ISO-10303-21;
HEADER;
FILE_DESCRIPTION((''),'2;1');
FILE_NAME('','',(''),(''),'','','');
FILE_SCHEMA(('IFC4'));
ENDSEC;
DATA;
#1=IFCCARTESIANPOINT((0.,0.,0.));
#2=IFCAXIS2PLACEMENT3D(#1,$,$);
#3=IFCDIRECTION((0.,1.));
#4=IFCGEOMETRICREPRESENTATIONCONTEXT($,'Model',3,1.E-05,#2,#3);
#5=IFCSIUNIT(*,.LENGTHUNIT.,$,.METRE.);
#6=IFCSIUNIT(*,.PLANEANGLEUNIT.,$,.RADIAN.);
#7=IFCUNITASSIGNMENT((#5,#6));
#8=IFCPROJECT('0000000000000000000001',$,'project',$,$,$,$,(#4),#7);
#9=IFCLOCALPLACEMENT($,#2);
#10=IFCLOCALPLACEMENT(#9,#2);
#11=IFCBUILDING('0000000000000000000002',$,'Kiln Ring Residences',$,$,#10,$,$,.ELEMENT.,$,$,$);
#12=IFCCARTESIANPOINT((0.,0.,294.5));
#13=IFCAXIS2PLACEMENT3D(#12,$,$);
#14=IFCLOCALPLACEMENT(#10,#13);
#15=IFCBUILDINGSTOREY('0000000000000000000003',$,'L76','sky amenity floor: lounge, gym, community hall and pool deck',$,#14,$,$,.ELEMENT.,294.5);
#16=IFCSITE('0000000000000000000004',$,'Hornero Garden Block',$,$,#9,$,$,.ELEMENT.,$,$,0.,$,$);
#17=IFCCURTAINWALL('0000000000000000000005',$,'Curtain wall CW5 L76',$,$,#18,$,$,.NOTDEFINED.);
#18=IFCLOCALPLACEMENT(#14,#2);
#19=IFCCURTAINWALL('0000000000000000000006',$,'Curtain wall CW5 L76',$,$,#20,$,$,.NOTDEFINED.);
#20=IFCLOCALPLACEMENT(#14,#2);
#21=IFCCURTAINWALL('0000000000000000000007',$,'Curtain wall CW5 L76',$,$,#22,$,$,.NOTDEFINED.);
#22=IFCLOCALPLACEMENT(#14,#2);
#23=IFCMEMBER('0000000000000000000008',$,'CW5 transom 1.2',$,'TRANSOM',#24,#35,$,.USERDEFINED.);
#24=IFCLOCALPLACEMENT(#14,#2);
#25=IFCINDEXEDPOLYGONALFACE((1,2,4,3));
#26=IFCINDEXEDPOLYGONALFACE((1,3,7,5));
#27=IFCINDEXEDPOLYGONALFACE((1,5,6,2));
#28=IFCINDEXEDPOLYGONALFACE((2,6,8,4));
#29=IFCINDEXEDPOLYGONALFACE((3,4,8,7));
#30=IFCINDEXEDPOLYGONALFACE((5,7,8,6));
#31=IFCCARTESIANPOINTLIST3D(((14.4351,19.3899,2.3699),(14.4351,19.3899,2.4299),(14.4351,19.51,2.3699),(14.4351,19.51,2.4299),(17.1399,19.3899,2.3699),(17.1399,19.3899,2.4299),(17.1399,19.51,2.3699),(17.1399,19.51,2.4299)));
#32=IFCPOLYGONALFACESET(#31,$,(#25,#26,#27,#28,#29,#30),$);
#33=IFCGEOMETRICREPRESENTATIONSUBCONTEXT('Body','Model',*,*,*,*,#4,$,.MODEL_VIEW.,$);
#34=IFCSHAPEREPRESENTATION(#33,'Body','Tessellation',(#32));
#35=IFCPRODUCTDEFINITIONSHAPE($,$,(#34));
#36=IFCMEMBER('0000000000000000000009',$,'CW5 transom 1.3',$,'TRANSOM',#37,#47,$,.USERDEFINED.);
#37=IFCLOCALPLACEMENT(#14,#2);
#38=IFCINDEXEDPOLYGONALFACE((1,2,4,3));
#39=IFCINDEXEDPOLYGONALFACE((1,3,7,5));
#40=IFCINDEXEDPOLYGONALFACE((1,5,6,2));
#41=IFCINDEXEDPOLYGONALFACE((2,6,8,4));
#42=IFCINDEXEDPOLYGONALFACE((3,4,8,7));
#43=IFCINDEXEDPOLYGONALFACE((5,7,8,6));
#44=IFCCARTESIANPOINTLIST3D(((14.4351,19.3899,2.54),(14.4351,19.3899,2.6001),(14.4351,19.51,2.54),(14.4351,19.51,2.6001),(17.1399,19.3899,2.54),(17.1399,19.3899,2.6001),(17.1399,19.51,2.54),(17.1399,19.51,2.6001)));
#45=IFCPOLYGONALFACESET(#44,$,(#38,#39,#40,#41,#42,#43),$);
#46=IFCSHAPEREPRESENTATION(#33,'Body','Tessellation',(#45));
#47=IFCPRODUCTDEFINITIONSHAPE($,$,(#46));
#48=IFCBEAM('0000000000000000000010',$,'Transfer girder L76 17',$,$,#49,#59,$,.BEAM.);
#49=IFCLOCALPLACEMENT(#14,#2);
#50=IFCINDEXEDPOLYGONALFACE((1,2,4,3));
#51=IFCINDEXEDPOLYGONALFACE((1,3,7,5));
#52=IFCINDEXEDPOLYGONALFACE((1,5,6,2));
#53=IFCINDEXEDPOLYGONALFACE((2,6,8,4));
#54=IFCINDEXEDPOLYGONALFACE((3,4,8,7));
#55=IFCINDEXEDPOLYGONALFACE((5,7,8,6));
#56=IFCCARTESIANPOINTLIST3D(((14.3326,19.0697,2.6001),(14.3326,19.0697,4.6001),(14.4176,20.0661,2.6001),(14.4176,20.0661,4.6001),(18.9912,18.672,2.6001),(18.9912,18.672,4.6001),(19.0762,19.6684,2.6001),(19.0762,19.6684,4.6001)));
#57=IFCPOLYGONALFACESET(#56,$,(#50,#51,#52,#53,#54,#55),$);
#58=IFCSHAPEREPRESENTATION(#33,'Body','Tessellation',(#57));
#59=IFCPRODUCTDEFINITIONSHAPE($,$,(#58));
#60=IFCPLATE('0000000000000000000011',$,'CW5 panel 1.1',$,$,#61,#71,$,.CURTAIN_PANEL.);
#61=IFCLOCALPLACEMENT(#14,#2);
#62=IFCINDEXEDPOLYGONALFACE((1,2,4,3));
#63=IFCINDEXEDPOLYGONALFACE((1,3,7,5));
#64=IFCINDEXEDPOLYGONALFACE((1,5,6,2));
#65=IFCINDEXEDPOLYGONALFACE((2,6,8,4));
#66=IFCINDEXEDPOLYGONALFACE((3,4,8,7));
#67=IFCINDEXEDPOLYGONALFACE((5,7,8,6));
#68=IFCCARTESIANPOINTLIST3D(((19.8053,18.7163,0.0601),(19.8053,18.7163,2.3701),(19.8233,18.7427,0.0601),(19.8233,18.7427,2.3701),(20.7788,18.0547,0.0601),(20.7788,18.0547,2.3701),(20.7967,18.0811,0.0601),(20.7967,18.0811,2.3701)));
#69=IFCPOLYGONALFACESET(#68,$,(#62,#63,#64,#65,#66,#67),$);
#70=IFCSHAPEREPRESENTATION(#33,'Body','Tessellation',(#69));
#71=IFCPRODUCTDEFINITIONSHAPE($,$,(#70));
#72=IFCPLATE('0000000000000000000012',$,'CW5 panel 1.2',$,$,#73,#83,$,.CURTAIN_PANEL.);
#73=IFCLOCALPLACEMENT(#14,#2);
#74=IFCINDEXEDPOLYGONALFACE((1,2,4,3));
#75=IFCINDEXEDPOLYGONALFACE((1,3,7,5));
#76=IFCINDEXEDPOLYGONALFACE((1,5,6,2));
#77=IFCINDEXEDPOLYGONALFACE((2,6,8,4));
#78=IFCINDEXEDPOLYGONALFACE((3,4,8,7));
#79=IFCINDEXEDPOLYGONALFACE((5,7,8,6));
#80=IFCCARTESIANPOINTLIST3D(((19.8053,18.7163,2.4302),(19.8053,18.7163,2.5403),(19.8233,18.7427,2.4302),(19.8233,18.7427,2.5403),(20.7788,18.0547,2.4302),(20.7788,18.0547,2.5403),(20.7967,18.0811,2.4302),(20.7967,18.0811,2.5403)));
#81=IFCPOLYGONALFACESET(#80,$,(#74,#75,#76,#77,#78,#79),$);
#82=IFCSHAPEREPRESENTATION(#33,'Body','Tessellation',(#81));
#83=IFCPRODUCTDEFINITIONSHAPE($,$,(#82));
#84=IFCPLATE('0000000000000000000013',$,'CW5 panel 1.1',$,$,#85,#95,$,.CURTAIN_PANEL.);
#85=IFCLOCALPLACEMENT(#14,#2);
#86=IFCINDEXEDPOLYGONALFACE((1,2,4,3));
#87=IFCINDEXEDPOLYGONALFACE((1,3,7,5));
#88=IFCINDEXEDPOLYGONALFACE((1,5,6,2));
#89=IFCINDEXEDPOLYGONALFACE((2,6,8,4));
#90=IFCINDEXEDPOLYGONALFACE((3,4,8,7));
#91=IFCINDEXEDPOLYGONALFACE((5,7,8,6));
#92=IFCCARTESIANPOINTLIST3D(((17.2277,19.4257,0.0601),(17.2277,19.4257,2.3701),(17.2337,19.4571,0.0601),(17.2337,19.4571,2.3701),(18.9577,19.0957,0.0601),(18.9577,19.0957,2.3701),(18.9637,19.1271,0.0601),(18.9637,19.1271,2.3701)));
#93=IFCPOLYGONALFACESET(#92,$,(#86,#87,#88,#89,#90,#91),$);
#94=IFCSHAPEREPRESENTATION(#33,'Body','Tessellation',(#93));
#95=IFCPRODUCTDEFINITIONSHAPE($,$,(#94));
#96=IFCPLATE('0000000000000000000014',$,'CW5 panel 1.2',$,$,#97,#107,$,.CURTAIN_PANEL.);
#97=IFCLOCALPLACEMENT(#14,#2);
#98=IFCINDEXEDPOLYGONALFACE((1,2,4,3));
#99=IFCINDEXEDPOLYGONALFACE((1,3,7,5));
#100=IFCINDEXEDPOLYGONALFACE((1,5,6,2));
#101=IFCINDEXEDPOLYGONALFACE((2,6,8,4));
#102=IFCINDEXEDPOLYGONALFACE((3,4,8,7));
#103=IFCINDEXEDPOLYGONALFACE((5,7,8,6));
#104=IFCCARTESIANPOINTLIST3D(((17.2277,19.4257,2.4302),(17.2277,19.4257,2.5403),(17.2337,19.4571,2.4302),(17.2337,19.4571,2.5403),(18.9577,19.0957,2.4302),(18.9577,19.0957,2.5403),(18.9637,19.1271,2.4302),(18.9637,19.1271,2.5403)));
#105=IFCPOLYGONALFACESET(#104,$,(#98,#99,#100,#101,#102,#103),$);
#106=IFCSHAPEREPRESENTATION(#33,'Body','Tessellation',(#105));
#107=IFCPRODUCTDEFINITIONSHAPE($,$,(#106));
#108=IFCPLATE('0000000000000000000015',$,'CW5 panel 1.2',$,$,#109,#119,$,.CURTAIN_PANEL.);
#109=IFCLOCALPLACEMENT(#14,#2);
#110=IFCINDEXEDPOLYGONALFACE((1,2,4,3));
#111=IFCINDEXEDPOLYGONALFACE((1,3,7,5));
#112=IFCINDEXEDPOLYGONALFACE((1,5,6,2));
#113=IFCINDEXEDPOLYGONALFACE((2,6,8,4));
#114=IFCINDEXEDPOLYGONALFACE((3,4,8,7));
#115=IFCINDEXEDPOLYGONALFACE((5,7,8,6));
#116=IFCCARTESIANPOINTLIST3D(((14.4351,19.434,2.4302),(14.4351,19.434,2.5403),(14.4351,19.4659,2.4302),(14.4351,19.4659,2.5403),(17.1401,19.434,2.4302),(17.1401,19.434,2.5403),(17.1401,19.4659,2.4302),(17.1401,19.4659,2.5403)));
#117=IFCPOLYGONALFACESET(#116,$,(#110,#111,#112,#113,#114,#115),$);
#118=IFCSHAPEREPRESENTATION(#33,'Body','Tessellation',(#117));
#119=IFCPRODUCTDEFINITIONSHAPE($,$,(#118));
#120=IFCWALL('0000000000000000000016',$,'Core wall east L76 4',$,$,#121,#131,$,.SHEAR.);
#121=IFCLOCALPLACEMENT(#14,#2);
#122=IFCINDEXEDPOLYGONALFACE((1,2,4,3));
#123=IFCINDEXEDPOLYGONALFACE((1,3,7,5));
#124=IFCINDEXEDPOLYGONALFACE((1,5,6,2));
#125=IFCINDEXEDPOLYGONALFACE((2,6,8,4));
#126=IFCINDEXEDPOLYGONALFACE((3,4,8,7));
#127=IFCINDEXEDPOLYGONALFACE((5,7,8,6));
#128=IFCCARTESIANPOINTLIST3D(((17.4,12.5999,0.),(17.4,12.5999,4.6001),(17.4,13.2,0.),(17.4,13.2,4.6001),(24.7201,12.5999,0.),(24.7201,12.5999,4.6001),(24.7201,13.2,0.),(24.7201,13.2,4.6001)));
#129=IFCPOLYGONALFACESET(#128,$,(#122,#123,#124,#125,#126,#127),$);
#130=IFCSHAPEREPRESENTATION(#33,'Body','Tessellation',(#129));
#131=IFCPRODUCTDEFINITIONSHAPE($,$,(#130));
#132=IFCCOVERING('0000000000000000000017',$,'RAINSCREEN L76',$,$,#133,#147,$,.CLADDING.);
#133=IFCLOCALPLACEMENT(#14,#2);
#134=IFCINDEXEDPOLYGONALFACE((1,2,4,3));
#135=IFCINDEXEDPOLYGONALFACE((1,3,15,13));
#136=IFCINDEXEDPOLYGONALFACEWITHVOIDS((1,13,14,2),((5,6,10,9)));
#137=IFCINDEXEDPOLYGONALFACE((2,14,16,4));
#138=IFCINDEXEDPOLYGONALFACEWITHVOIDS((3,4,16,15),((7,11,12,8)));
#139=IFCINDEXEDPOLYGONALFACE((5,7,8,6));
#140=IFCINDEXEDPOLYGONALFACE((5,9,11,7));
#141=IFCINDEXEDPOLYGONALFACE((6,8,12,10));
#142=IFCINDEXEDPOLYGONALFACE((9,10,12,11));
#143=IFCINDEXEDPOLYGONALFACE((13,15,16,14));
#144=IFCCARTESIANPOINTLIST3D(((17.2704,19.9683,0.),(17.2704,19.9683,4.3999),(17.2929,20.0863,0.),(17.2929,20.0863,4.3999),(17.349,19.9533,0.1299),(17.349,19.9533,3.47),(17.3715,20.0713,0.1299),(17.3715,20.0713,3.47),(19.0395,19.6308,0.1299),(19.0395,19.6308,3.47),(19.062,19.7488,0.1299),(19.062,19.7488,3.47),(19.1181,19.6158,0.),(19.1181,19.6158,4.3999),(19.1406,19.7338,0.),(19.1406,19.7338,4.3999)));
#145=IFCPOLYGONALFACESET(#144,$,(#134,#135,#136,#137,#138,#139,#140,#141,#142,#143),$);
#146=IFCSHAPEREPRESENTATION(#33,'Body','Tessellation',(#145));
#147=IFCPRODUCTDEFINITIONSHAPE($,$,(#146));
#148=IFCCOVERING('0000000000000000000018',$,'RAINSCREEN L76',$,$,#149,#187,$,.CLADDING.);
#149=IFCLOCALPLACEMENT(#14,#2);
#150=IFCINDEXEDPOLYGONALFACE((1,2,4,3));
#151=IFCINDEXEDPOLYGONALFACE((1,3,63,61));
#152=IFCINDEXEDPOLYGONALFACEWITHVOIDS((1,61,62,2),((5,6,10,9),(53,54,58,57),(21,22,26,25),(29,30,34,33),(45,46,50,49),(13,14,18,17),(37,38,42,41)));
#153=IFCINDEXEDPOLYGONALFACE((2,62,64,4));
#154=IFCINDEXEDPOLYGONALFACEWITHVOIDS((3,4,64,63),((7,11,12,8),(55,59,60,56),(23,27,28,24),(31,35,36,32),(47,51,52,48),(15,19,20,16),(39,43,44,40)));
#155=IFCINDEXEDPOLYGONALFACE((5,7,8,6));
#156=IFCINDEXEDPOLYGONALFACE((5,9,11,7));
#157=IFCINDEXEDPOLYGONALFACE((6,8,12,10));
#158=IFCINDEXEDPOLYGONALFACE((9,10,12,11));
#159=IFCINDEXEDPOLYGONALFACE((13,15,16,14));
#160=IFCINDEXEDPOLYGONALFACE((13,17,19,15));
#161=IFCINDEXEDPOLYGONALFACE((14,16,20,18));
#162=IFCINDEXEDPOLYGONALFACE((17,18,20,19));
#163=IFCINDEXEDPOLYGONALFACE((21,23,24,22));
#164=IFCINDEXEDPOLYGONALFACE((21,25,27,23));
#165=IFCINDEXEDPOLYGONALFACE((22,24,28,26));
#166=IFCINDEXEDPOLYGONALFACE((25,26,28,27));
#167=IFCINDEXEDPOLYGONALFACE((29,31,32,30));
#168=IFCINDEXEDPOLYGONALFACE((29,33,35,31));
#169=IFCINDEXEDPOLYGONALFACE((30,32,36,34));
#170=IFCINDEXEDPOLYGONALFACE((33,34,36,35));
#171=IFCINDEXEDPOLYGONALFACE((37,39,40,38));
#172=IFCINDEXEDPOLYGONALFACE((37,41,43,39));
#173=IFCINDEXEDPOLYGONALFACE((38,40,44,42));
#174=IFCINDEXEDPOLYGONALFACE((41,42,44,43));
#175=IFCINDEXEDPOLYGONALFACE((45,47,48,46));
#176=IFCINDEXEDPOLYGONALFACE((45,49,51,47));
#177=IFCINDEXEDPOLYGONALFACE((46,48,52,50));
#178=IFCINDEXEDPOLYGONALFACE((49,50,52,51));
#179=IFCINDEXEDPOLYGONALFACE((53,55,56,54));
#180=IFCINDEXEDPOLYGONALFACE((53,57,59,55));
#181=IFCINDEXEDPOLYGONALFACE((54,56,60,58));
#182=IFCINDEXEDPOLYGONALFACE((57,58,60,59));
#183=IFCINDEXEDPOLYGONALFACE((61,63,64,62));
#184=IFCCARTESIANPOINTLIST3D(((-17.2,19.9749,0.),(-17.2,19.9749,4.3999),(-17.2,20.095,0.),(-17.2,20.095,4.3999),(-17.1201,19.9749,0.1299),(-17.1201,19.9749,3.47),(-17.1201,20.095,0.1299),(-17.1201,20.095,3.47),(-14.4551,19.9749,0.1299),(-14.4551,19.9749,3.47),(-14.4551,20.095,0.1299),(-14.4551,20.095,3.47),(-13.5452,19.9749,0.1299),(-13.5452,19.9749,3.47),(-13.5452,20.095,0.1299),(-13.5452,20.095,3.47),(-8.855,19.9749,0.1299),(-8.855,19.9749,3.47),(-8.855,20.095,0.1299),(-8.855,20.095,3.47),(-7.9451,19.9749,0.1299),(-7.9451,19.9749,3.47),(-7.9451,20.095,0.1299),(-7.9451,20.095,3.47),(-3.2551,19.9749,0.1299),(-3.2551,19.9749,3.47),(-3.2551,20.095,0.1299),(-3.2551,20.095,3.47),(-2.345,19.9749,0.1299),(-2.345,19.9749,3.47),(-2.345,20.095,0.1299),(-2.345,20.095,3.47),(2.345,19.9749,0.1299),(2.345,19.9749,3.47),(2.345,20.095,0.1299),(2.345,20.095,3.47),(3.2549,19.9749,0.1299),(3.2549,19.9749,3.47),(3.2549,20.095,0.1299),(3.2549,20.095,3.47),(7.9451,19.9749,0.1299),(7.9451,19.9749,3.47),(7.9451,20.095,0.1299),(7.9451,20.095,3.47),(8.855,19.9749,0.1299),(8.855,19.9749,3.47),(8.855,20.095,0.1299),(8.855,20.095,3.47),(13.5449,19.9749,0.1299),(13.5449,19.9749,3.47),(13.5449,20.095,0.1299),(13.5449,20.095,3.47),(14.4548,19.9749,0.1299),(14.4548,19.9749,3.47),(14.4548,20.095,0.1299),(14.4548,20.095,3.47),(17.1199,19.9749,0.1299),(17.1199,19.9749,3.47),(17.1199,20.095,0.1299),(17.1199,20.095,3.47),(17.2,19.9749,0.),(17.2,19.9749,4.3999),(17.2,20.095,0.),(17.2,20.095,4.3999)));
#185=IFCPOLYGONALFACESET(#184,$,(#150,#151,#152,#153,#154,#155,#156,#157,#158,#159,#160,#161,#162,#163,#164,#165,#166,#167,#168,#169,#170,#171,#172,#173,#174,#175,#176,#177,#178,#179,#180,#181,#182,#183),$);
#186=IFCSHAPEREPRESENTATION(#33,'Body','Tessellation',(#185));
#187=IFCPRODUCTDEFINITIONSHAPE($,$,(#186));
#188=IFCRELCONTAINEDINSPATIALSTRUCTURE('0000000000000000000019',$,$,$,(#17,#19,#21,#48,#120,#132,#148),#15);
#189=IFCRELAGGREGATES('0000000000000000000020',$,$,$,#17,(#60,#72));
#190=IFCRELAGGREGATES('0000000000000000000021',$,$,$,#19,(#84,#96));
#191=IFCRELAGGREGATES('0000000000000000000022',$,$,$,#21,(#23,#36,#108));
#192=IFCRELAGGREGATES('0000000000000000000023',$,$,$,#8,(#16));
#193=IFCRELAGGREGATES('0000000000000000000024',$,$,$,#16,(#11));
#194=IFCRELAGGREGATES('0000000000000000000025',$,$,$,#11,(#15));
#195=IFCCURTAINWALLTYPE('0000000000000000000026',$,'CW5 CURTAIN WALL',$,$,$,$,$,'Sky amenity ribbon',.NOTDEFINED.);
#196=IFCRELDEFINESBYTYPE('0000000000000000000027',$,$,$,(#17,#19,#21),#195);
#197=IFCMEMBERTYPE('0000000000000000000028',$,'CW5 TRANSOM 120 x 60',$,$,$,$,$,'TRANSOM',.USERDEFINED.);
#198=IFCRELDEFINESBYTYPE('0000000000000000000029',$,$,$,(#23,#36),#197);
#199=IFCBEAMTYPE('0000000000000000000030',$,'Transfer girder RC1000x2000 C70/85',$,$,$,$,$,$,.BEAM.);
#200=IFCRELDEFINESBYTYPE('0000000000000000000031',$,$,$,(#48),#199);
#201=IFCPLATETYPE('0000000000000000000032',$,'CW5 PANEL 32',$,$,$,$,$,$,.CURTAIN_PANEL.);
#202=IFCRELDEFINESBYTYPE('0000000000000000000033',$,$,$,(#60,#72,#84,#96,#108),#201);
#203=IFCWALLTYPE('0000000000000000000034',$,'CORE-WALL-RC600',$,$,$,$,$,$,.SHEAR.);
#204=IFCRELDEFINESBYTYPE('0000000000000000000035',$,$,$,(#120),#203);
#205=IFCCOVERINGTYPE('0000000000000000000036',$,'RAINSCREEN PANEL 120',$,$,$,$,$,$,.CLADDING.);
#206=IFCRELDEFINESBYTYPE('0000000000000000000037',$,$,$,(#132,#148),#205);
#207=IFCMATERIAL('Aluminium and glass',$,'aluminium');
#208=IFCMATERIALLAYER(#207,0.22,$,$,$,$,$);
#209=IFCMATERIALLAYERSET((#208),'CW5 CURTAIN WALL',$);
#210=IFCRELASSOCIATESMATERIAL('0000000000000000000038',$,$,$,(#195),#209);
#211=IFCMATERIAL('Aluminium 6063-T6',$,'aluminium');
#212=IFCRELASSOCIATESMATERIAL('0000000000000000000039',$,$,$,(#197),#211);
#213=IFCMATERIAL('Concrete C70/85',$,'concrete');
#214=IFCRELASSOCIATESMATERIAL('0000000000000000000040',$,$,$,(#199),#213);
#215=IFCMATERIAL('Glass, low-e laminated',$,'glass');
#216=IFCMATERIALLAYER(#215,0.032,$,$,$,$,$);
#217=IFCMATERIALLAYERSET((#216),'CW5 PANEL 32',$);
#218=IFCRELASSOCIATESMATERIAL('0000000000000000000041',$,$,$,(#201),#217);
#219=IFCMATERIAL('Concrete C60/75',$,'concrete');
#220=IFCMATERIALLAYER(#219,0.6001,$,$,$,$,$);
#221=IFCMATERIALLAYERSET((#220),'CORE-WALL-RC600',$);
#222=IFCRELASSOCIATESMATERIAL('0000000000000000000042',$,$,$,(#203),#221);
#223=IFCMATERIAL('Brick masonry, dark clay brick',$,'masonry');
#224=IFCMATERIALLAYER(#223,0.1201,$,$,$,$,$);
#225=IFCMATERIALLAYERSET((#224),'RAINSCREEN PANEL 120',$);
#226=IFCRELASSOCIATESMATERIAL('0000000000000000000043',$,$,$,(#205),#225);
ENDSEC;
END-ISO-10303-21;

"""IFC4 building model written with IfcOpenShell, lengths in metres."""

from ifc_helpers import new_model, si_unit, direction, frame, frame_2d, origin, origin_2d, place, context, subcontext, project, spatial, polyline, rectangle, outline, extrude, material, layer, layer_set, material_profile, profile_set, type_object, element, aggregate, save


model = new_model("IFC4")

# Units and contexts
model_context = context("Model", 3, precision=1e-05, world=origin(), true_north=direction((0.0, 1.0)))
body_context = subcontext(model_context, "Body", "Model", "MODEL_VIEW")
ifc_project = project(units=[si_unit("LENGTHUNIT", "METRE"), si_unit("PLANEANGLEUNIT", "RADIAN")], contexts=[model_context])

# Site, building, storey
site_placement = place(None, origin())
site = spatial("IfcSite", under=ifc_project, at=site_placement, Name="Hornero Garden Block", CompositionType="ELEMENT", RefElevation=0.0)
building_placement = place(site_placement, origin())
building = spatial("IfcBuilding", under=site, at=building_placement, Name="Kiln Ring Residences", CompositionType="ELEMENT")
storey_placement = place(building_placement, frame((0.0, 0.0, 294.5)))
storey = spatial("IfcBuildingStorey", under=building, at=storey_placement, Name="L76", Description="sky amenity floor: lounge, gym, community hall and pool deck", CompositionType="ELEMENT", Elevation=294.5)

# Curtain walls
ifc_material_1 = material(Name="Aluminium and glass", Category="aluminium")
ifc_layer_1 = layer(ifc_material_1, 0.22)
ifc_layer_set_1 = layer_set([ifc_layer_1], Name="CW5 CURTAIN WALL")
curtain_wall_type = type_object("IfcCurtainWallType", Name="CW5 CURTAIN WALL", ElementType="Sky amenity ribbon", PredefinedType="NOTDEFINED", material=ifc_layer_set_1)
placement = place(storey_placement, origin())
curtain_wall_1 = element("IfcCurtainWall", 1, at=placement, inside=storey, type_object=curtain_wall_type, Name="Curtain wall CW5 L76", PredefinedType="NOTDEFINED")
curtain_wall_2 = element("IfcCurtainWall", 2, at=placement, inside=storey, type_object=curtain_wall_type, Name="Curtain wall CW5 L76", PredefinedType="NOTDEFINED")

# Curtain wall
curtain_wall_3 = element("IfcCurtainWall", 3, at=placement, inside=storey, type_object=curtain_wall_type, Name="Curtain wall CW5 L76", PredefinedType="NOTDEFINED")

# Members
ifc_material_2 = material(Name="Aluminium 6063-T6", Category="aluminium")
ifc_material_profile_1 = material_profile(ifc_material_2, rectangle(XDim=0.1201, YDim=0.0601, at=origin_2d()), Name="AL 120x60")
ifc_profile_set_1 = profile_set([ifc_material_profile_1], Name="Aluminium 6063-T6")
member_type_1 = type_object("IfcMemberType", Name="CW5 TRANSOM 120 x 60", ElementType="TRANSOM", PredefinedType="USERDEFINED", material=ifc_profile_set_1)
member_1_placement = place(storey_placement, frame((17.1399, 19.45, 2.3999), z_axis=(-1.0, 0.0, 0.0), x_axis=(0.0, -1.0, 0.0)))
member_1 = element("IfcMember", 4, at=member_1_placement, type_object=member_type_1, Name="CW5 transom 1.2", ObjectType="TRANSOM", PredefinedType="USERDEFINED", context=body_context, shape_type="SweptSolid", body=[
    extrude(rectangle(XDim=0.1201, YDim=0.0601, at=origin_2d()), origin(), (0.0, 0.0, 1.0), 2.7048),
])
member_2_placement = place(storey_placement, frame((17.1399, 19.45, 2.5701), z_axis=(-1.0, 0.0, 0.0), x_axis=(0.0, -1.0, 0.0)))
member_2 = element("IfcMember", 5, at=member_2_placement, type_object=member_type_1, Name="CW5 transom 1.3", ObjectType="TRANSOM", PredefinedType="USERDEFINED", context=body_context, shape_type="SweptSolid", body=[
    extrude(rectangle(XDim=0.1201, YDim=0.0601, at=origin_2d()), origin(), (0.0, 0.0, 1.0), 2.7048),
])

# Beam
ifc_material_3 = material(Name="Concrete C70/85", Category="concrete")
ifc_material_profile_2 = material_profile(ifc_material_3, rectangle(XDim=1.0, YDim=2.0, at=origin_2d()), Name="RC1000x2000")
ifc_profile_set_2 = profile_set([ifc_material_profile_2], Name="Concrete C70/85")
beam_type = type_object("IfcBeamType", Name="Transfer girder RC1000x2000 C70/85", PredefinedType="BEAM", material=ifc_profile_set_2)
beam_placement = place(storey_placement, frame((19.0337, 19.1702, 3.6001), z_axis=(-0.996376, 0.085059, 0.0), x_axis=(-0.085059, -0.996376, 0.0)))
element("IfcBeam", 6, at=beam_placement, inside=storey, type_object=beam_type, Name="Transfer girder L76 17", PredefinedType="BEAM", context=body_context, shape_type="SweptSolid", body=[
    extrude(rectangle(XDim=1.0, YDim=2.0, at=origin_2d()), origin(), (0.0, 0.0, 1.0), 4.6755),
])

# Plates
ifc_material_4 = material(Name="Glass, low-e laminated", Category="glass")
ifc_layer_2 = layer(ifc_material_4, 0.032)
ifc_layer_set_2 = layer_set([ifc_layer_2], Name="CW5 PANEL 32")
plate_type = type_object("IfcPlateType", Name="CW5 PANEL 32", PredefinedType="CURTAIN_PANEL", material=ifc_layer_set_2)
plate_1_placement = place(storey_placement, frame((20.301, 18.3987, 0.0601), z_axis=(0.0, 0.0, 1.0), x_axis=(-0.827072, 0.562097, 0.0)))
plate_1 = element("IfcPlate", 7, at=plate_1_placement, type_object=plate_type, Name="CW5 panel 1.1", PredefinedType="CURTAIN_PANEL", context=body_context, shape_type="SweptSolid", body=[
    extrude(rectangle(XDim=1.177, YDim=0.032, at=origin_2d()), origin(), (0.0, 0.0, 1.0), 2.3101),
])
plate_2_placement = place(storey_placement, frame((20.301, 18.3987, 2.4302), z_axis=(0.0, 0.0, 1.0), x_axis=(-0.827072, 0.562097, 0.0)))
plate_2 = element("IfcPlate", 8, at=plate_2_placement, type_object=plate_type, Name="CW5 panel 1.2", PredefinedType="CURTAIN_PANEL", context=body_context, shape_type="SweptSolid", body=[
    extrude(rectangle(XDim=1.177, YDim=0.032, at=origin_2d()), origin(), (0.0, 0.0, 1.0), 0.1101),
])
aggregate(curtain_wall_1, [plate_1, plate_2])
plate_3_placement = place(storey_placement, frame((18.0957, 19.2764, 0.0601), z_axis=(0.0, 0.0, 1.0), x_axis=(-0.98229, 0.187366, 0.0)))
plate_3 = element("IfcPlate", 9, at=plate_3_placement, type_object=plate_type, Name="CW5 panel 1.1", PredefinedType="CURTAIN_PANEL", context=body_context, shape_type="SweptSolid", body=[
    extrude(rectangle(XDim=1.7612, YDim=0.032, at=origin_2d()), origin(), (0.0, 0.0, 1.0), 2.3101),
])
plate_4_placement = place(storey_placement, frame((18.0957, 19.2764, 2.4302), z_axis=(0.0, 0.0, 1.0), x_axis=(-0.98229, 0.187366, 0.0)))
plate_4 = element("IfcPlate", 10, at=plate_4_placement, type_object=plate_type, Name="CW5 panel 1.2", PredefinedType="CURTAIN_PANEL", context=body_context, shape_type="SweptSolid", body=[
    extrude(rectangle(XDim=1.7612, YDim=0.032, at=origin_2d()), origin(), (0.0, 0.0, 1.0), 0.1101),
])
aggregate(curtain_wall_2, [plate_3, plate_4])
plate_5_placement = place(storey_placement, frame((15.7876, 19.45, 2.4302), z_axis=(0.0, 0.0, 1.0), x_axis=(-1.0, 0.0, 0.0)))
plate_5 = element("IfcPlate", 11, at=plate_5_placement, type_object=plate_type, Name="CW5 panel 1.2", PredefinedType="CURTAIN_PANEL", context=body_context, shape_type="SweptSolid", body=[
    extrude(rectangle(XDim=2.7051, YDim=0.032, at=origin_2d()), origin(), (0.0, 0.0, 1.0), 0.1101),
])
aggregate(curtain_wall_3, [member_1, member_2, plate_5])

# Wall
ifc_material_5 = material(Name="Concrete C60/75", Category="concrete")
ifc_layer_3 = layer(ifc_material_5, 0.6001)
ifc_layer_set_3 = layer_set([ifc_layer_3], Name="CORE-WALL-RC600")
wall_type = type_object("IfcWallType", Name="CORE-WALL-RC600", PredefinedType="SHEAR", material=ifc_layer_set_3)
wall_placement = place(storey_placement, frame((17.3999, 12.8999, 0.0), z_axis=(0.0, 0.0, 1.0), x_axis=(1.0, 0.0, 0.0)))
element("IfcWall", 12, at=wall_placement, inside=storey, type_object=wall_type, Name="Core wall east L76 4", PredefinedType="SHEAR", context=body_context, shape_type="SweptSolid", body=[
    extrude(rectangle(XDim=7.3201, YDim=0.6001, at=frame_2d((3.6602, 0.0))), origin(), (0.0, 0.0, 1.0), 4.6001),
])

# Coverings
ifc_material_6 = material(Name="Brick masonry, dark clay brick", Category="masonry")
ifc_layer_4 = layer(ifc_material_6, 0.1201)
ifc_layer_set_4 = layer_set([ifc_layer_4], Name="RAINSCREEN PANEL 120")
covering_type = type_object("IfcCoveringType", Name="RAINSCREEN PANEL 120", PredefinedType="CLADDING", material=ifc_layer_set_4)
covering_1_placement = place(storey_placement, frame((19.1294, 19.6748, 0.0), z_axis=(0.0, 0.0, 1.0), x_axis=(-0.982284, 0.187398, 0.0)))
element("IfcCovering", 13, at=covering_1_placement, inside=storey, type_object=covering_type, Name="RAINSCREEN L76", PredefinedType="CLADDING", context=body_context, shape_type="SweptSolid", body=[
    extrude(outline(polyline([(0.0, 0.0), (1.8811, 0.0), (1.8811, 4.3999), (0.0, 4.3999), (0.0, 0.0)]), holes=[polyline([(0.0801, 3.47), (0.0801, 0.1299), (1.801, 0.1299), (1.801, 3.47), (0.0801, 3.47)])]), frame((0.0, 0.0601, 0.0), z_axis=(0.0, -1.0, 0.0), x_axis=(1.0, 0.0, 0.0)), (0.0, 0.0, 1.0), 0.1201),
])
covering_2_placement = place(storey_placement, frame((17.2, 20.0349, 0.0), z_axis=(0.0, 0.0, 1.0), x_axis=(-1.0, 0.0, 0.0)))
element("IfcCovering", 14, at=covering_2_placement, inside=storey, type_object=covering_type, Name="RAINSCREEN L76", PredefinedType="CLADDING", context=body_context, shape_type="SweptSolid", body=[
    extrude(outline(polyline([(0.0, 0.0), (34.3999, 0.0), (34.3999, 4.3999), (0.0, 4.3999), (0.0, 0.0)]), holes=[polyline([(2.7451, 0.1299), (2.7451, 3.47), (0.0801, 3.47), (0.0801, 0.1299), (2.7451, 0.1299)]), polyline([(3.655, 0.1299), (8.345, 0.1299), (8.345, 3.47), (3.655, 3.47), (3.655, 0.1299)]), polyline([(9.2549, 0.1299), (13.9451, 0.1299), (13.9451, 3.47), (9.2549, 3.47), (9.2549, 0.1299)]), polyline([(14.855, 0.1299), (19.5449, 0.1299), (19.5449, 3.47), (14.855, 3.47), (14.855, 0.1299)]), polyline([(20.4551, 0.1299), (25.145, 0.1299), (25.145, 3.47), (20.4551, 3.47), (20.4551, 0.1299)]), polyline([(26.0549, 0.1299), (30.7451, 0.1299), (30.7451, 3.47), (26.0549, 3.47), (26.0549, 0.1299)]), polyline([(31.655, 0.1299), (34.3201, 0.1299), (34.3201, 3.47), (31.655, 3.47), (31.655, 0.1299)])]), frame((0.0, 0.0601, 0.0), z_axis=(0.0, -1.0, 0.0), x_axis=(1.0, 0.0, 0.0)), (0.0, 0.0, 1.0), 0.1201),
])

save(model, "model.ifc")
